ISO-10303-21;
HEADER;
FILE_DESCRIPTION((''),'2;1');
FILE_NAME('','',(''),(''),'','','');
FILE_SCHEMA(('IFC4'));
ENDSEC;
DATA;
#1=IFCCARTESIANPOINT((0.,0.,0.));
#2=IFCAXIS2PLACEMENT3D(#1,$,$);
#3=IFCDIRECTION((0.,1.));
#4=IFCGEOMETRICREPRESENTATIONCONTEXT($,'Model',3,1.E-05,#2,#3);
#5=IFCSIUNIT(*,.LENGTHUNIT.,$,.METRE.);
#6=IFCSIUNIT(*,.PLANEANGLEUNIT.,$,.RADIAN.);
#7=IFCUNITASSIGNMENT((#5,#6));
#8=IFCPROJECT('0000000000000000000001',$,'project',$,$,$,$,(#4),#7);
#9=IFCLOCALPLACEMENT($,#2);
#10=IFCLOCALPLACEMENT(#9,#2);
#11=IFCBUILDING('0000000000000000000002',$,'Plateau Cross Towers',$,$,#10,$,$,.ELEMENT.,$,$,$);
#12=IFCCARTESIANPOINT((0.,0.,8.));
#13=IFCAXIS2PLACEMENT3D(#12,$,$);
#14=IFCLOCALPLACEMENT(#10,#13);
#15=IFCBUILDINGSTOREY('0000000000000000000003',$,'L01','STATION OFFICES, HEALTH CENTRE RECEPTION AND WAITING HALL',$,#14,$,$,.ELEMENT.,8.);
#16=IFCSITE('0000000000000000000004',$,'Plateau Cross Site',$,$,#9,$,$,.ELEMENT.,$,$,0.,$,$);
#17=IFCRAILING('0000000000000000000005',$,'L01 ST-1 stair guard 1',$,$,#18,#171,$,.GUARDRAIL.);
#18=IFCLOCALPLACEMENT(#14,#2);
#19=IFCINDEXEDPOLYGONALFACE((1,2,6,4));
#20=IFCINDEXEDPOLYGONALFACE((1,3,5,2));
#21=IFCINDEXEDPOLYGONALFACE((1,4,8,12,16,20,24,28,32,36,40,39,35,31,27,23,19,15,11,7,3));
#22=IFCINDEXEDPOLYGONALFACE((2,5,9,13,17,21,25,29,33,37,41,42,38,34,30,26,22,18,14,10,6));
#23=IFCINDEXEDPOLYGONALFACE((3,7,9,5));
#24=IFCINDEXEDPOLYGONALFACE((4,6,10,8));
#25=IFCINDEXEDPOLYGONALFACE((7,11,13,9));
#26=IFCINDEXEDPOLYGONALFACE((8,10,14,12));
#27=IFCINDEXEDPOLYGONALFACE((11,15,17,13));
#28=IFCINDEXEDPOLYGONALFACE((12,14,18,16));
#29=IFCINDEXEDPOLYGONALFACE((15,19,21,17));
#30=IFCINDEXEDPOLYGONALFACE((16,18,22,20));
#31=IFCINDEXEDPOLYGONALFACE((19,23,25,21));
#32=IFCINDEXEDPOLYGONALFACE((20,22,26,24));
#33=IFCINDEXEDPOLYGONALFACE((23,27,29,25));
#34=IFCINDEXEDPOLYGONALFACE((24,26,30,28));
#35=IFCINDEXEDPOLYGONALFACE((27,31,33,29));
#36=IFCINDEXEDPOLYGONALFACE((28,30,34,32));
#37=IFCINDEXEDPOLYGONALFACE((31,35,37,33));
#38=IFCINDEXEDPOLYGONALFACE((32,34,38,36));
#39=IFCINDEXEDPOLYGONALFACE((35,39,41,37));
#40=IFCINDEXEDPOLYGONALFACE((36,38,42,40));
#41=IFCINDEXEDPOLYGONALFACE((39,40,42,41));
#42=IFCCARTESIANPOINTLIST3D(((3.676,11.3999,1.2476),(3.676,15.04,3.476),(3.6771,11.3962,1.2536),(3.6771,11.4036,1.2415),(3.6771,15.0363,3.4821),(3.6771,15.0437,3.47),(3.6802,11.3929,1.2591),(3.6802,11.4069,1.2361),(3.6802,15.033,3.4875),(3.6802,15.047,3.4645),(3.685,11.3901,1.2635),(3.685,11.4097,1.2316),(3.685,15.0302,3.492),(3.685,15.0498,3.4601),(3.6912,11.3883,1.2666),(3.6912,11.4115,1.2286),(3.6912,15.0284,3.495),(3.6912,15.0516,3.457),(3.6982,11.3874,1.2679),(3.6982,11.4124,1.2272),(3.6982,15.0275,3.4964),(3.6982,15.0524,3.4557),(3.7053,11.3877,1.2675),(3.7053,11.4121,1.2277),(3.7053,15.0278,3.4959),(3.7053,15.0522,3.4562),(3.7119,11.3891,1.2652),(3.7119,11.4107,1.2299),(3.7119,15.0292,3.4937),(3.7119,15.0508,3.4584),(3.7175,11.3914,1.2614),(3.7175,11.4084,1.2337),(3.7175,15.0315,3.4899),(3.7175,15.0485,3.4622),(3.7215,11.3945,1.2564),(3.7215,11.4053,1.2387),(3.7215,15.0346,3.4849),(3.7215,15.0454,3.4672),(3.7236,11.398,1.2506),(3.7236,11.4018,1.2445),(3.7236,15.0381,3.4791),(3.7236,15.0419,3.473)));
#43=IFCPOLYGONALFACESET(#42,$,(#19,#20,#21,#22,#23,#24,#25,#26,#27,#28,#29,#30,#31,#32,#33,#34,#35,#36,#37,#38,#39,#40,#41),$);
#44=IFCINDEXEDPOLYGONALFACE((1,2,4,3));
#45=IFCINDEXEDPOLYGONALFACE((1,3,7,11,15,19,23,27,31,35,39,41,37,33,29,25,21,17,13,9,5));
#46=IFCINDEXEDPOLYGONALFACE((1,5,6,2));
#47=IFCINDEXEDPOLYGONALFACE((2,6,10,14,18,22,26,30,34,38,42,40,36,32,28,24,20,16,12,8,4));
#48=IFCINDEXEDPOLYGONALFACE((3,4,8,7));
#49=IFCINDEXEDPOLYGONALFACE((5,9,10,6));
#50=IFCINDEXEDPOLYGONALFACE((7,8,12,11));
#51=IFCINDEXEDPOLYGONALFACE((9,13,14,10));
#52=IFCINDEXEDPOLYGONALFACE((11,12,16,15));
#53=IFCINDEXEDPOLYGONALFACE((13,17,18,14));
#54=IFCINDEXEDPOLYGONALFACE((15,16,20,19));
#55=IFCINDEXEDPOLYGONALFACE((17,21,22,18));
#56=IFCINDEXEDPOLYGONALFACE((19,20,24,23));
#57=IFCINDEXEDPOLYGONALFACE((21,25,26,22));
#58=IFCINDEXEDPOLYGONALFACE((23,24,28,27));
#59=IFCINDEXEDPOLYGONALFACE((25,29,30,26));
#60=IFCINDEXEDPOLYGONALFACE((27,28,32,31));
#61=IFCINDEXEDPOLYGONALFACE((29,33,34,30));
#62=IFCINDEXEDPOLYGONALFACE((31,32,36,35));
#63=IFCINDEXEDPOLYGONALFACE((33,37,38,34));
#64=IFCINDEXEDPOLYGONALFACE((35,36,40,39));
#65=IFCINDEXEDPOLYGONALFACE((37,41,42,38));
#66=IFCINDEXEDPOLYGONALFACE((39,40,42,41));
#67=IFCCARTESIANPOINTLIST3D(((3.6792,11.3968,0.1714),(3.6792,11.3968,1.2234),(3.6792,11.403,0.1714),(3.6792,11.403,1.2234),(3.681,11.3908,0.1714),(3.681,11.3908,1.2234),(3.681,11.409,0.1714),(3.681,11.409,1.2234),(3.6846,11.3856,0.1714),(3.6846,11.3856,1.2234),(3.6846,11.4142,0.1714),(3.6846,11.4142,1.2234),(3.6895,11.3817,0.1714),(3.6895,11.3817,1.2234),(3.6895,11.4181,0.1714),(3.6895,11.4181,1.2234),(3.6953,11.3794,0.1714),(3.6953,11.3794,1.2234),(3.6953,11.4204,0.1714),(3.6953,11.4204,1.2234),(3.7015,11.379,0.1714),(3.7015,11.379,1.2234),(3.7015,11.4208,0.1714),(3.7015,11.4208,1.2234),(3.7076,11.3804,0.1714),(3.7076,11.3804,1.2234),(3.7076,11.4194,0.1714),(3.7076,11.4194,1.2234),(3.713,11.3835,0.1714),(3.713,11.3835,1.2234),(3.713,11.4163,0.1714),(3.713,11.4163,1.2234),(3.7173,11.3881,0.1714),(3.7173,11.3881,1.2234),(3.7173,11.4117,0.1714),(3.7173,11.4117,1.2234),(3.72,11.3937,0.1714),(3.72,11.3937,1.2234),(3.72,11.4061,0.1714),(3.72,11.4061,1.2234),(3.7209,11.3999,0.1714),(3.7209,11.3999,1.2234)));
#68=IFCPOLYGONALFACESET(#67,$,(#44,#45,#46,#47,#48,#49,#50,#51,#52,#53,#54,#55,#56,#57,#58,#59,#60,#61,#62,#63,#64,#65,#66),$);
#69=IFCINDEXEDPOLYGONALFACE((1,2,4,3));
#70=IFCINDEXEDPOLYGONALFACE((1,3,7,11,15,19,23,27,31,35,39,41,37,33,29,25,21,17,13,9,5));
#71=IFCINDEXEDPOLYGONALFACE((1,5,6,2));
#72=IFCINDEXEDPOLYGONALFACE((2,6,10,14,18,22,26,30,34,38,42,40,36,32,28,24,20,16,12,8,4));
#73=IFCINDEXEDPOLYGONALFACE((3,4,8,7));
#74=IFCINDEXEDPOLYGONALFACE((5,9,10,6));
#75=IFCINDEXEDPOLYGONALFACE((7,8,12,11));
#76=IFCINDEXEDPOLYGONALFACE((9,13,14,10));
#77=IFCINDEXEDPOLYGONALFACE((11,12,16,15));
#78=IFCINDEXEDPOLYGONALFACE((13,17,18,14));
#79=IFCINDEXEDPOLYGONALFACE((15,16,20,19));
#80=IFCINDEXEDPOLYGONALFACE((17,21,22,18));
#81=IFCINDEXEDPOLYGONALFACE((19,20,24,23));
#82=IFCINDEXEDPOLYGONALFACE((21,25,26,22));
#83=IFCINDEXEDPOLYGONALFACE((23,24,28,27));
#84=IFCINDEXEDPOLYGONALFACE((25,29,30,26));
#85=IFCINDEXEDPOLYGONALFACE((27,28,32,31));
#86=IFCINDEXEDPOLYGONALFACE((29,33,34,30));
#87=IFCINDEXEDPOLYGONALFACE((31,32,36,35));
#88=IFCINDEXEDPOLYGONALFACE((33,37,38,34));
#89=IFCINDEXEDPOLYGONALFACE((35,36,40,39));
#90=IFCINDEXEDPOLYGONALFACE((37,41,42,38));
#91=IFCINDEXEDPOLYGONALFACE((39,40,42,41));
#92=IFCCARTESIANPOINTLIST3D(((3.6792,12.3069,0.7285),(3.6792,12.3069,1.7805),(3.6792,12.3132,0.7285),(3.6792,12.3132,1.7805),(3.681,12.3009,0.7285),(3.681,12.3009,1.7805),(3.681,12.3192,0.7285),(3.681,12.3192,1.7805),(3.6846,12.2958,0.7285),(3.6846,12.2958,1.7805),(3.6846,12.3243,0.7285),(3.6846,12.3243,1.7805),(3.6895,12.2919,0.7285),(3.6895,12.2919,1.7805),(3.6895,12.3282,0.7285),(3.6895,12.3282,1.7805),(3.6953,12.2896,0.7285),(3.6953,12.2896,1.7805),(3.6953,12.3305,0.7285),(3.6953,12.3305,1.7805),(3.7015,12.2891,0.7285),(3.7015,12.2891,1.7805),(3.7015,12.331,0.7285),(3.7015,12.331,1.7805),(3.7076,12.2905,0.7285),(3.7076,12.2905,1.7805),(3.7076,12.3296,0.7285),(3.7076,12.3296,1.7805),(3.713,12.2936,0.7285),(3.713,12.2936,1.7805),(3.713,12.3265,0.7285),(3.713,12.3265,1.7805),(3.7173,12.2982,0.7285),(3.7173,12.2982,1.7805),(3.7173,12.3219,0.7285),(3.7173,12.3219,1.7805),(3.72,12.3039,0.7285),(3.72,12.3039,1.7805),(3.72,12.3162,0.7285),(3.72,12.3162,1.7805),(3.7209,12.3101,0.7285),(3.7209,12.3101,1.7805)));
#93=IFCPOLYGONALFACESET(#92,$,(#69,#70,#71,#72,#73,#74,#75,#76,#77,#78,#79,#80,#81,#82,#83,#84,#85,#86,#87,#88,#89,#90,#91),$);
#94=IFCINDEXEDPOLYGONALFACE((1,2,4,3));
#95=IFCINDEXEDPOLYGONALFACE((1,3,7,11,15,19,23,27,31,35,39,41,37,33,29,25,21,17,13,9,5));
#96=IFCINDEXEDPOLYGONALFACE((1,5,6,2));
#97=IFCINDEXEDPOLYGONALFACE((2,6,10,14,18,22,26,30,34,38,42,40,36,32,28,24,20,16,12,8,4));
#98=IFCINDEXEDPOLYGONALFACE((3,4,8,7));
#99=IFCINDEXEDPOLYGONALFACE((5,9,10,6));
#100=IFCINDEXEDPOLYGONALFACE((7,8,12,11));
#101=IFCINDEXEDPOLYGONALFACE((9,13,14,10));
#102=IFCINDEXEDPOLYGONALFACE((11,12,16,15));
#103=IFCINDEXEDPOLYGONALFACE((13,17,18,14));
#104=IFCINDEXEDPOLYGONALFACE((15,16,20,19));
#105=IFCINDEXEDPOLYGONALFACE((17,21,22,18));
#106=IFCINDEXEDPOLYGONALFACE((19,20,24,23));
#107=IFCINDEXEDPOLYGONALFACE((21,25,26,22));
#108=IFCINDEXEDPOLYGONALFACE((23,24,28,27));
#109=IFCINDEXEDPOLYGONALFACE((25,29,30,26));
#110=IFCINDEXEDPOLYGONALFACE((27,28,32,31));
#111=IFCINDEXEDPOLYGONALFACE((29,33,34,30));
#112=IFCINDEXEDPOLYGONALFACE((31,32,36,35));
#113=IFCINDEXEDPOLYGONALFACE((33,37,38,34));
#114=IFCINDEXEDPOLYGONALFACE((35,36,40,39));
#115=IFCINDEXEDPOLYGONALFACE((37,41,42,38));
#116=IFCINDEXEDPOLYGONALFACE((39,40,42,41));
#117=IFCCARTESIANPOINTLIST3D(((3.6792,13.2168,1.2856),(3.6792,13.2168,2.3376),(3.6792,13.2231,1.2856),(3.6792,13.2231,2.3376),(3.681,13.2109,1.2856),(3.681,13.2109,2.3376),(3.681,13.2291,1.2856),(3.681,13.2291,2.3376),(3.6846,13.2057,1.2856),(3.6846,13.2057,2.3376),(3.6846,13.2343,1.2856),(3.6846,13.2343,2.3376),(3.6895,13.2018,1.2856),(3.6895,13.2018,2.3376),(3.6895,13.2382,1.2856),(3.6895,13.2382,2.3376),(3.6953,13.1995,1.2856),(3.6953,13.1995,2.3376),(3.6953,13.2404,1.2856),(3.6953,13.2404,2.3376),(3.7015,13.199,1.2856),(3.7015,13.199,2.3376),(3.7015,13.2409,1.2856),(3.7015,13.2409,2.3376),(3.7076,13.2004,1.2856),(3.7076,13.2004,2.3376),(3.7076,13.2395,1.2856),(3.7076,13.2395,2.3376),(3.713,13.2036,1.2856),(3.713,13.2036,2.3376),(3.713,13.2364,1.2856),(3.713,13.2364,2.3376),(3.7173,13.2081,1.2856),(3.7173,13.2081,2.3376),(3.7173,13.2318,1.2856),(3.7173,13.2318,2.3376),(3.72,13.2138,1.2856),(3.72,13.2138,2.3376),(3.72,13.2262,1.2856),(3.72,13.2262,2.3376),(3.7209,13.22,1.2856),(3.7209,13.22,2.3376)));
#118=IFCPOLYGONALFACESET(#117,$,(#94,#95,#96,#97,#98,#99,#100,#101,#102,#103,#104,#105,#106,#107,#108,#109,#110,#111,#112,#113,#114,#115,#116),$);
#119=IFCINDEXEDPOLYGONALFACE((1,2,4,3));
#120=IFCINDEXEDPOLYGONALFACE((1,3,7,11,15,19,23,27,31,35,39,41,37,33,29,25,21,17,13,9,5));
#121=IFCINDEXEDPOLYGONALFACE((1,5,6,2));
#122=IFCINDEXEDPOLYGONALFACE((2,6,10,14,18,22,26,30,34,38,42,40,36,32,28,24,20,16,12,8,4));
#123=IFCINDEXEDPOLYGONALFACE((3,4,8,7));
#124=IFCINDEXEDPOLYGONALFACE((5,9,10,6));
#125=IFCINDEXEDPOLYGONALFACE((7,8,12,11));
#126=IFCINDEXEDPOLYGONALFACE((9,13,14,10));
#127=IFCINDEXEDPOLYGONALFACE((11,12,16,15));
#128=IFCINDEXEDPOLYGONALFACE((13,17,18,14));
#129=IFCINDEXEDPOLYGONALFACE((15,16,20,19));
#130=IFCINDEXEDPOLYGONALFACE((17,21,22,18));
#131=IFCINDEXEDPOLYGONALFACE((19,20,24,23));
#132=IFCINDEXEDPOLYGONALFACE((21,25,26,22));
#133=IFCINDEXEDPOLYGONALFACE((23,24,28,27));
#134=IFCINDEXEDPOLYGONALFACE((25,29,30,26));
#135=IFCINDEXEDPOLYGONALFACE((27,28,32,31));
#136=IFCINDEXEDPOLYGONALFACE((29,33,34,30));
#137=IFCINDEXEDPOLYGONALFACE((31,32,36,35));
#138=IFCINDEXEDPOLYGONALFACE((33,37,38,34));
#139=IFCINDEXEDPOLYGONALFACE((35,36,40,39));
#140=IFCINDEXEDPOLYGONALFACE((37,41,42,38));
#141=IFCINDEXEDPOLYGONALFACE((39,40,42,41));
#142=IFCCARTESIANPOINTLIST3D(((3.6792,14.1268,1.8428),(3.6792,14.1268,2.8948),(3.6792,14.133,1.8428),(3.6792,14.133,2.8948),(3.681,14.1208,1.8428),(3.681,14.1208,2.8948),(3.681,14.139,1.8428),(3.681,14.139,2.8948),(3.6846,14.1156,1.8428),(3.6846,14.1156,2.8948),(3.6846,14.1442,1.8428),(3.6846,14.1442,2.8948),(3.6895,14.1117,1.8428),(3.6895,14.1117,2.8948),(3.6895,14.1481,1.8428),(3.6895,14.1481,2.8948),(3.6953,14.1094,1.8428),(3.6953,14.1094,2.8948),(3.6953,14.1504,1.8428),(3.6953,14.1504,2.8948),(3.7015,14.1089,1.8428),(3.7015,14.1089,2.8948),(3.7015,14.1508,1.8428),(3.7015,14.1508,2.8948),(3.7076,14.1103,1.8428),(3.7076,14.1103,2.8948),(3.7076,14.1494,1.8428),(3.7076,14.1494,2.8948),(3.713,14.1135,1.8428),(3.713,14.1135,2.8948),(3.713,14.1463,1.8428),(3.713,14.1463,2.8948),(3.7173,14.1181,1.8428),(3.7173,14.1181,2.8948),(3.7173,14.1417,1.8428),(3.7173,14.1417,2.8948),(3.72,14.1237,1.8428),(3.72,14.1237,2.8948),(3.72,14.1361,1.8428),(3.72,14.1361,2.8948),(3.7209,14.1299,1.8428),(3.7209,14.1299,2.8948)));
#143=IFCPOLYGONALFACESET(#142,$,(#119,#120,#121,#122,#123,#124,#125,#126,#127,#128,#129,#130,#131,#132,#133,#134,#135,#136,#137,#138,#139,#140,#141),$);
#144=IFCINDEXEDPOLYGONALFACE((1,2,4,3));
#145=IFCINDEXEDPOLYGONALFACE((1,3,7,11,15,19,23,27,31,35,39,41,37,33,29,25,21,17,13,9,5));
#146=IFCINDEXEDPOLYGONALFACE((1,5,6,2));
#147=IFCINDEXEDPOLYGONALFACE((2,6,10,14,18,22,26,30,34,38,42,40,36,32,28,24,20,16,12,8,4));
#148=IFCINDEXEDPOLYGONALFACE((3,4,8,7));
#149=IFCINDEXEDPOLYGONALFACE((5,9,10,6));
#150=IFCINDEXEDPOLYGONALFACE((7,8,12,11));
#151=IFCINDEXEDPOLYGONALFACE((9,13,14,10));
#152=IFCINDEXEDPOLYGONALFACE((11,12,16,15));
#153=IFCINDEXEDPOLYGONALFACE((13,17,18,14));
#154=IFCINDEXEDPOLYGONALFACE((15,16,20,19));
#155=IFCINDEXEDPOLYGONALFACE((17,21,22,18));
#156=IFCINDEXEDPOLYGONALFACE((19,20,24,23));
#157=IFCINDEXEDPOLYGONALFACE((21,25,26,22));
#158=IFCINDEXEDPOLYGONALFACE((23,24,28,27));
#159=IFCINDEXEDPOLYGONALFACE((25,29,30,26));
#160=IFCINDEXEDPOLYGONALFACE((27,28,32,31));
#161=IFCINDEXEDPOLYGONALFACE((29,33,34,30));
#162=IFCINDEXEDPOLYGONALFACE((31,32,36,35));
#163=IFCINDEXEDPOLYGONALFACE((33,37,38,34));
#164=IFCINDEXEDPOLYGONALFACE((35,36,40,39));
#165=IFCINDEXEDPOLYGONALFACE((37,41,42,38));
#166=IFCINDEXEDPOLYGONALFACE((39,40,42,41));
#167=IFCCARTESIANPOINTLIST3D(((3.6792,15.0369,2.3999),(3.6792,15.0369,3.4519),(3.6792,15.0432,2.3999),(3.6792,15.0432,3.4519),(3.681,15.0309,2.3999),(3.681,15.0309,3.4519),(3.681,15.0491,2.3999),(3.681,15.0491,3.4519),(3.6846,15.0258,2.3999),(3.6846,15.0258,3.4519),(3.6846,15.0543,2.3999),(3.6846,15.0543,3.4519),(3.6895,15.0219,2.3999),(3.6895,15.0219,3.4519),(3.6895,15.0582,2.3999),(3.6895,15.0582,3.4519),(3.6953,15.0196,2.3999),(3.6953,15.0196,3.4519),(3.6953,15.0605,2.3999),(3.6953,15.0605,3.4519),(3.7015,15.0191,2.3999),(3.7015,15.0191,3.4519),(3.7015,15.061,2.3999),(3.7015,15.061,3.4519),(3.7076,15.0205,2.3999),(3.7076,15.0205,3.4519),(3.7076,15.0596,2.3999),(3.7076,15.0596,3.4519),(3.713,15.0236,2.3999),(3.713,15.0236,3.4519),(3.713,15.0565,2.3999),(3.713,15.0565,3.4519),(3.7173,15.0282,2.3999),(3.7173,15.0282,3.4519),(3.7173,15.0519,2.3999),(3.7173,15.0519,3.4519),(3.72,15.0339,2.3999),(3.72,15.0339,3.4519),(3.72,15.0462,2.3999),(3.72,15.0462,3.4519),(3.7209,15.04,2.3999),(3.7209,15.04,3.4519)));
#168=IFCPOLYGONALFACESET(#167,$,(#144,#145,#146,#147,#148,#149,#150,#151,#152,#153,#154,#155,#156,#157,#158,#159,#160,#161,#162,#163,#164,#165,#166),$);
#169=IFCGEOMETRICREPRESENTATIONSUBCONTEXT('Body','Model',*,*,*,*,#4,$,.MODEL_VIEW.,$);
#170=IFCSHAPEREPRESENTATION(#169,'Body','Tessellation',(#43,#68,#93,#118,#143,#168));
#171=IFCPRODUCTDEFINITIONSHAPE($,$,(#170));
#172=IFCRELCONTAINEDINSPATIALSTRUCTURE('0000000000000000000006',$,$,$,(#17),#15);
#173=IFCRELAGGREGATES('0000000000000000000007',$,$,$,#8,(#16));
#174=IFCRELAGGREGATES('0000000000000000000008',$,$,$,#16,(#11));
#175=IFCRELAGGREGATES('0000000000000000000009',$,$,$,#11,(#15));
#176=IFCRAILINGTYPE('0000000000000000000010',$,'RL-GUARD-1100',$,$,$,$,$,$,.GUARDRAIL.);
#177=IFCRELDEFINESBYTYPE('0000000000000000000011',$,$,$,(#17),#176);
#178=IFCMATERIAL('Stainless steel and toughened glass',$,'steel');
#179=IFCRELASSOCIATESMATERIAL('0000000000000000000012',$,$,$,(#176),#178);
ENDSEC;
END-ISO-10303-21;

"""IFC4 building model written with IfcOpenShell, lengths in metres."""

from ifc_helpers import new_model, si_unit, direction, frame, origin, origin_2d, place, context, subcontext, project, spatial, circle, extrude, material, type_object, element, save


model = new_model("IFC4")

# Units and contexts
model_context = context("Model", 3, precision=1e-05, world=origin(), true_north=direction((0.0, 1.0)))
body_context = subcontext(model_context, "Body", "Model", "MODEL_VIEW")
ifc_project = project(units=[si_unit("LENGTHUNIT", "METRE"), si_unit("PLANEANGLEUNIT", "RADIAN")], contexts=[model_context])

# Site, building, storey
site_placement = place(None, origin())
site = spatial("IfcSite", under=ifc_project, at=site_placement, Name="Plateau Cross Site", CompositionType="ELEMENT", RefElevation=0.0)
building_placement = place(site_placement, origin())
building = spatial("IfcBuilding", under=site, at=building_placement, Name="Plateau Cross Towers", CompositionType="ELEMENT")
storey_placement = place(building_placement, frame((0.0, 0.0, 8.0)))
storey = spatial("IfcBuildingStorey", under=building, at=storey_placement, Name="L01", Description="STATION OFFICES, HEALTH CENTRE RECEPTION AND WAITING HALL", CompositionType="ELEMENT", Elevation=8.0)

# Railing
ifc_material_1 = material(Name="Stainless steel and toughened glass", Category="steel")
railing_type_1 = type_object("IfcRailingType", Name="RL-GUARD-1100", PredefinedType="GUARDRAIL", material=ifc_material_1)
railing_1_placement = place(storey_placement, frame((3.7, 11.3999, 0.1714)))
element("IfcRailing", 1, at=railing_1_placement, inside=storey, type_object=railing_type_1, Name="L01 ST-1 stair guard 1", PredefinedType="GUARDRAIL", context=body_context, shape_type="SweptSolid", body=[
    extrude(circle(Radius=0.0239, at=origin_2d()), frame((0.0, 0.0, 1.0762), z_axis=(0.0, 0.852866, 0.52213), x_axis=(-1.0, 0.0, 0.0)), (0.0, 0.0, 1.0), 4.2681),
    extrude(circle(Radius=0.021, at=origin_2d()), origin(), (0.0, 0.0, 1.0), 1.052),
    extrude(circle(Radius=0.021, at=origin_2d()), frame((0.0, 0.9102, 0.5571)), (0.0, 0.0, 1.0), 1.052),
    extrude(circle(Radius=0.021, at=origin_2d()), frame((0.0, 1.8201, 1.1143)), (0.0, 0.0, 1.0), 1.052),
    extrude(circle(Radius=0.021, at=origin_2d()), frame((0.0, 2.73, 1.6714)), (0.0, 0.0, 1.0), 1.052),
    extrude(circle(Radius=0.021, at=origin_2d()), frame((0.0, 3.6401, 2.2285)), (0.0, 0.0, 1.0), 1.052),
])

save(model, "model.ifc")
